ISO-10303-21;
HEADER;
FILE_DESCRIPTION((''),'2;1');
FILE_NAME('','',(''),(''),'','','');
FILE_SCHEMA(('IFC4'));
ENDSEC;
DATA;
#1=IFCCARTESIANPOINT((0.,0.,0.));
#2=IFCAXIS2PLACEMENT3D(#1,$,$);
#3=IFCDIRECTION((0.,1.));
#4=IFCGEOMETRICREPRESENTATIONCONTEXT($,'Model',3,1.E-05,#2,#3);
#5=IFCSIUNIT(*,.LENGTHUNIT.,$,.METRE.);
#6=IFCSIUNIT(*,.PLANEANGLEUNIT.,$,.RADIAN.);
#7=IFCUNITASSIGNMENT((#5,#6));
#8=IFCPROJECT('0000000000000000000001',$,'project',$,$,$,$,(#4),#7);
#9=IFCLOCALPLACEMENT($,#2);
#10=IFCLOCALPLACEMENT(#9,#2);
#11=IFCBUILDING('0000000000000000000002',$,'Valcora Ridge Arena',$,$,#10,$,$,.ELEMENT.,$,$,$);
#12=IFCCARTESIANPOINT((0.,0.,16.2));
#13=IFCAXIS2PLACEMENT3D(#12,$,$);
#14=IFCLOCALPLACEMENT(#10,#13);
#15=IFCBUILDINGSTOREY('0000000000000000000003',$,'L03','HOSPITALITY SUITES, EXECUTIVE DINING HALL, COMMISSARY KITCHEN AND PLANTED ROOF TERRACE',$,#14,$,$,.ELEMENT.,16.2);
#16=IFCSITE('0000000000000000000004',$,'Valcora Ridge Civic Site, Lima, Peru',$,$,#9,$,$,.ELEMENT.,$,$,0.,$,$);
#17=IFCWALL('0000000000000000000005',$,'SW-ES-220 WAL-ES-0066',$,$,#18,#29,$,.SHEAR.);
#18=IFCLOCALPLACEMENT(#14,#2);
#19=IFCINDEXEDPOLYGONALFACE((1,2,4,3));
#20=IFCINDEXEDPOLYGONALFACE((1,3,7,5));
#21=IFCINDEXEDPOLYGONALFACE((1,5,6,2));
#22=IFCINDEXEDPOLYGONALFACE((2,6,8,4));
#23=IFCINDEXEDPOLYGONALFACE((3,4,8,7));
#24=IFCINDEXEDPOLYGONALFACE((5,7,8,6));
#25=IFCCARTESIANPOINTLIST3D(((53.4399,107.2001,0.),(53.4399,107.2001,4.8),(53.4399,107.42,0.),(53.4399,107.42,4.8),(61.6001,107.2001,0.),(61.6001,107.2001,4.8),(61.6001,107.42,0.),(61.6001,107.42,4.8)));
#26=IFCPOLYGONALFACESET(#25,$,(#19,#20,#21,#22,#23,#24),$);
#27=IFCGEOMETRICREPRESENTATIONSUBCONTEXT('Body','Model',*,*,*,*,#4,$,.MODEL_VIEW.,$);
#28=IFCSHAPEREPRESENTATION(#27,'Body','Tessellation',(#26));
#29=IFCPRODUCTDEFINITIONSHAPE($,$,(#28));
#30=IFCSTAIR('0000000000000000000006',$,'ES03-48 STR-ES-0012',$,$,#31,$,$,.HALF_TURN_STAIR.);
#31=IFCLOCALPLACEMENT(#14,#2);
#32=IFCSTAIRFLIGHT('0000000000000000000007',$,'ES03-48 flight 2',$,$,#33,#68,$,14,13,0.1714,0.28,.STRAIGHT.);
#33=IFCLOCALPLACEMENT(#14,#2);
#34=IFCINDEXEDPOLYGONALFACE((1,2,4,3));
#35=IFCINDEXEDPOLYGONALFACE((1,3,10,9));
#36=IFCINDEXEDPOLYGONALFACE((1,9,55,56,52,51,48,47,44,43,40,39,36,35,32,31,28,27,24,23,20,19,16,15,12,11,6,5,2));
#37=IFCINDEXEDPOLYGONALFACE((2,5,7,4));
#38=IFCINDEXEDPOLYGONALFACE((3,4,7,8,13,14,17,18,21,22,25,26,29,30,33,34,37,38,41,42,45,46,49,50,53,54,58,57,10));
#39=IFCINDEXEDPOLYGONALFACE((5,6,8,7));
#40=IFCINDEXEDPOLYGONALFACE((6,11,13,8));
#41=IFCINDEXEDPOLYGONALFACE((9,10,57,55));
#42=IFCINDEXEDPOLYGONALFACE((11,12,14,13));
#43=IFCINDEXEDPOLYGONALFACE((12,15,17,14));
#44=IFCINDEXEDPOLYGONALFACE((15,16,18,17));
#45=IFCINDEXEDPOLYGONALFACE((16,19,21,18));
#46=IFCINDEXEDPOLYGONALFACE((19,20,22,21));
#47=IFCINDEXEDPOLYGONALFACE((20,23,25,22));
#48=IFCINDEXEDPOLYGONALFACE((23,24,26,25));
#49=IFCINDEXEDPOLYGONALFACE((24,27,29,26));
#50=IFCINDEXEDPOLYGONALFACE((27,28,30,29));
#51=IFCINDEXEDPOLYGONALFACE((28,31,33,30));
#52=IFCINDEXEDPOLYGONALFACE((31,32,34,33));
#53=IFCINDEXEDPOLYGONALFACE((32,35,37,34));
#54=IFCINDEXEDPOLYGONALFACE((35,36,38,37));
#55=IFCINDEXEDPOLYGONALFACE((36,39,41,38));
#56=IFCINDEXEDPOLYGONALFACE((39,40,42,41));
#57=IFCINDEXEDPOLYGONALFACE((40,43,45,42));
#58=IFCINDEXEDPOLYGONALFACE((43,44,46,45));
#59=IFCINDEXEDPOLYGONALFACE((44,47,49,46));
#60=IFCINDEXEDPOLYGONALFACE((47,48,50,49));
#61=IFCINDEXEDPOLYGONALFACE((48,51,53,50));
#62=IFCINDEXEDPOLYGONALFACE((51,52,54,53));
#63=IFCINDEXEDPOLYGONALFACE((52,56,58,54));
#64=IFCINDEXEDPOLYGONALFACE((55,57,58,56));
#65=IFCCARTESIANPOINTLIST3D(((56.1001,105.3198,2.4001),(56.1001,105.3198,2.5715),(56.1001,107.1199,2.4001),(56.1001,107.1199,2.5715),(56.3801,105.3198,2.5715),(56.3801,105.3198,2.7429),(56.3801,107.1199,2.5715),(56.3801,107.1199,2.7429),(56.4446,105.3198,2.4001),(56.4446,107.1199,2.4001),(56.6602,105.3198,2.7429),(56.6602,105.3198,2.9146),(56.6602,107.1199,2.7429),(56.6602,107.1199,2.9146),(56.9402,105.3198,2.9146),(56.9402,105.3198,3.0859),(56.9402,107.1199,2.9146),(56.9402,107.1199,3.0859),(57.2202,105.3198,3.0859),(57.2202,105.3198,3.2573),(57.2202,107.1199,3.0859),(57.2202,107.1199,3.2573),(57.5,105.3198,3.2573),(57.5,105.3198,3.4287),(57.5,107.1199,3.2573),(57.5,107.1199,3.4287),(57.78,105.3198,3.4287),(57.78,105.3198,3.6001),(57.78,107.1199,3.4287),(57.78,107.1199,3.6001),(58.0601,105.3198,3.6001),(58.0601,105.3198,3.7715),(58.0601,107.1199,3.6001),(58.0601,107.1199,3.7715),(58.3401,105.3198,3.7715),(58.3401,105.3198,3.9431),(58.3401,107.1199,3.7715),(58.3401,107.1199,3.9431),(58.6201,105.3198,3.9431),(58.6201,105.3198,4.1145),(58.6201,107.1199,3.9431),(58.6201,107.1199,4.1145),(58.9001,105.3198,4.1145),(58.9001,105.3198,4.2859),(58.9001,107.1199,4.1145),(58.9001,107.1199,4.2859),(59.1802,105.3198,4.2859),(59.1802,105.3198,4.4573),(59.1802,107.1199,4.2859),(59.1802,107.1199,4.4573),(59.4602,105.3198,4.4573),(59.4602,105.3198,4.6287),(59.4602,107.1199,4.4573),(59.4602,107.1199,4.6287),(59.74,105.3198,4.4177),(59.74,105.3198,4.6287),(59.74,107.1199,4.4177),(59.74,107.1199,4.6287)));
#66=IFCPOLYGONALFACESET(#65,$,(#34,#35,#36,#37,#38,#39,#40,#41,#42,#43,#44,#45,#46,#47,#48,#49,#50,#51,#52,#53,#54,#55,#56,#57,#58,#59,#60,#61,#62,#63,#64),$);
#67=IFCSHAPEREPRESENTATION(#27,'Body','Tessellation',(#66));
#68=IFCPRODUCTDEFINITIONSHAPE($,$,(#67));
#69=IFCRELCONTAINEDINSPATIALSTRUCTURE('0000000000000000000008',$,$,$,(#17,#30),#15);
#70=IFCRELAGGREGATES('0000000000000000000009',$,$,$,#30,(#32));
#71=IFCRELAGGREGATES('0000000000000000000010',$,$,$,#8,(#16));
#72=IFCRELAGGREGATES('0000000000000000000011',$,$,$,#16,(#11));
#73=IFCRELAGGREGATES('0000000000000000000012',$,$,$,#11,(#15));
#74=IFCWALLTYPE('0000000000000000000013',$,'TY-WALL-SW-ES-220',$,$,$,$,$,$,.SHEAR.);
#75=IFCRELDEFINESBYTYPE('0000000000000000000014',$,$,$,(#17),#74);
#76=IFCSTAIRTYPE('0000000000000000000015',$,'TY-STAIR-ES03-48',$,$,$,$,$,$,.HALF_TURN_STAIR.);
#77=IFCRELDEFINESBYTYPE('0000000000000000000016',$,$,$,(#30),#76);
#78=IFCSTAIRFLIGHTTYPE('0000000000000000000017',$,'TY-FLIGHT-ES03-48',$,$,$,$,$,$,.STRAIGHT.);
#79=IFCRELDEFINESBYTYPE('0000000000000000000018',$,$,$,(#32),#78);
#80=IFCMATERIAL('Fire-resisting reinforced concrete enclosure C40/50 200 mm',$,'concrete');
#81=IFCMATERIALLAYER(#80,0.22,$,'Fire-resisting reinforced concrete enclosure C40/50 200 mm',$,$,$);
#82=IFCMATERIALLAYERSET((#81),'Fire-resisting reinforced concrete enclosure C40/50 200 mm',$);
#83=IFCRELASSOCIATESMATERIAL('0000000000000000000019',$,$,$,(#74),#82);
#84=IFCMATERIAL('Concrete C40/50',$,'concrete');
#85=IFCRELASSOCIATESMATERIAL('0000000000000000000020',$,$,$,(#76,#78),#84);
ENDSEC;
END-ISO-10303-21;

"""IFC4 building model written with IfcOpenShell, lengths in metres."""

from ifc_helpers import new_model, si_unit, direction, frame, frame_2d, origin, place, context, subcontext, project, spatial, polyline, rectangle, outline, extrude, material, layer, layer_set, type_object, element, aggregate, save


model = new_model("IFC4")

# Units and contexts
model_context = context("Model", 3, precision=1e-05, world=origin(), true_north=direction((0.0, 1.0)))
body_context = subcontext(model_context, "Body", "Model", "MODEL_VIEW")
ifc_project = project(units=[si_unit("LENGTHUNIT", "METRE"), si_unit("PLANEANGLEUNIT", "RADIAN")], contexts=[model_context])

# Site, building, storey
site_placement = place(None, origin())
site = spatial("IfcSite", under=ifc_project, at=site_placement, Name="Valcora Ridge Civic Site, Lima, Peru", CompositionType="ELEMENT", RefElevation=0.0)
building_placement = place(site_placement, origin())
building = spatial("IfcBuilding", under=site, at=building_placement, Name="Valcora Ridge Arena", CompositionType="ELEMENT")
storey_placement = place(building_placement, frame((0.0, 0.0, 16.2)))
storey = spatial("IfcBuildingStorey", under=building, at=storey_placement, Name="L03", Description="HOSPITALITY SUITES, EXECUTIVE DINING HALL, COMMISSARY KITCHEN AND PLANTED ROOF TERRACE", CompositionType="ELEMENT", Elevation=16.2)

# Shared definitions
ifc_material_1 = material(Name="Concrete C40/50", Category="concrete")

# Wall
ifc_material_2 = material(Name="Fire-resisting reinforced concrete enclosure C40/50 200 mm", Category="concrete")
ifc_layer_1 = layer(ifc_material_2, 0.22, Name="Fire-resisting reinforced concrete enclosure C40/50 200 mm")
ifc_layer_set_1 = layer_set([ifc_layer_1], Name="Fire-resisting reinforced concrete enclosure C40/50 200 mm")
wall_type_1 = type_object("IfcWallType", Name="TY-WALL-SW-ES-220", PredefinedType="SHEAR", material=ifc_layer_set_1)
wall_1_placement = place(storey_placement, frame((53.4399, 107.3101, 0.0), z_axis=(0.0, 0.0, 1.0), x_axis=(1.0, 0.0, 0.0)))
element("IfcWall", 1, at=wall_1_placement, inside=storey, type_object=wall_type_1, Name="SW-ES-220 WAL-ES-0066", PredefinedType="SHEAR", context=body_context, shape_type="SweptSolid", body=[
    extrude(rectangle(XDim=8.1602, YDim=0.22, at=frame_2d((4.0801, 0.0))), origin(), (0.0, 0.0, 1.0), 4.8),
])

# Stair, stair flight
stair_type = type_object("IfcStairType", Name="TY-STAIR-ES03-48", PredefinedType="HALF_TURN_STAIR", material=ifc_material_1)
stair_placement = place(storey_placement, origin())
stair = element("IfcStair", 2, at=stair_placement, inside=storey, type_object=stair_type, Name="ES03-48 STR-ES-0012", PredefinedType="HALF_TURN_STAIR")
stair_flight_type = type_object("IfcStairFlightType", Name="TY-FLIGHT-ES03-48", PredefinedType="STRAIGHT", material=ifc_material_1)
stair_flight_placement = place(storey_placement, frame((56.1001, 106.22, 2.4001), z_axis=(0.0, 0.0, 1.0), x_axis=(1.0, 0.0, 0.0)))
stair_flight = element("IfcStairFlight", 3, at=stair_flight_placement, type_object=stair_flight_type, Name="ES03-48 flight 2", NumberOfRisers=14, NumberOfTreads=13, PredefinedType="STRAIGHT", RiserHeight=0.1714, TreadLength=0.28, context=body_context, shape_type="SweptSolid", body=[
    extrude(outline(polyline([(0.0, 0.0), (0.0, 0.1714), (0.28, 0.1714), (0.28, 0.3428), (0.5601, 0.3428), (0.5601, 0.5144), (0.8401, 0.5144), (0.8401, 0.6858), (1.1201, 0.6858), (1.1201, 0.8572), (1.3999, 0.8572), (1.3999, 1.0286), (1.6799, 1.0286), (1.6799, 1.2), (1.96, 1.2), (1.96, 1.3713), (2.24, 1.3713), (2.24, 1.543), (2.52, 1.543), (2.52, 1.7144), (2.8, 1.7144), (2.8, 1.8857), (3.0801, 1.8857), (3.0801, 2.0571), (3.3601, 2.0571), (3.3601, 2.2285), (3.6399, 2.2285), (3.6399, 2.3999), (3.6399, 2.0176), (0.3445, 0.0), (0.0, 0.0)])), frame((0.0, 0.8999, 0.0), z_axis=(0.0, -1.0, 0.0), x_axis=(1.0, 0.0, 0.0)), (0.0, 0.0, 1.0), 1.8),
])
aggregate(stair, [stair_flight])

save(model, "model.ifc")
